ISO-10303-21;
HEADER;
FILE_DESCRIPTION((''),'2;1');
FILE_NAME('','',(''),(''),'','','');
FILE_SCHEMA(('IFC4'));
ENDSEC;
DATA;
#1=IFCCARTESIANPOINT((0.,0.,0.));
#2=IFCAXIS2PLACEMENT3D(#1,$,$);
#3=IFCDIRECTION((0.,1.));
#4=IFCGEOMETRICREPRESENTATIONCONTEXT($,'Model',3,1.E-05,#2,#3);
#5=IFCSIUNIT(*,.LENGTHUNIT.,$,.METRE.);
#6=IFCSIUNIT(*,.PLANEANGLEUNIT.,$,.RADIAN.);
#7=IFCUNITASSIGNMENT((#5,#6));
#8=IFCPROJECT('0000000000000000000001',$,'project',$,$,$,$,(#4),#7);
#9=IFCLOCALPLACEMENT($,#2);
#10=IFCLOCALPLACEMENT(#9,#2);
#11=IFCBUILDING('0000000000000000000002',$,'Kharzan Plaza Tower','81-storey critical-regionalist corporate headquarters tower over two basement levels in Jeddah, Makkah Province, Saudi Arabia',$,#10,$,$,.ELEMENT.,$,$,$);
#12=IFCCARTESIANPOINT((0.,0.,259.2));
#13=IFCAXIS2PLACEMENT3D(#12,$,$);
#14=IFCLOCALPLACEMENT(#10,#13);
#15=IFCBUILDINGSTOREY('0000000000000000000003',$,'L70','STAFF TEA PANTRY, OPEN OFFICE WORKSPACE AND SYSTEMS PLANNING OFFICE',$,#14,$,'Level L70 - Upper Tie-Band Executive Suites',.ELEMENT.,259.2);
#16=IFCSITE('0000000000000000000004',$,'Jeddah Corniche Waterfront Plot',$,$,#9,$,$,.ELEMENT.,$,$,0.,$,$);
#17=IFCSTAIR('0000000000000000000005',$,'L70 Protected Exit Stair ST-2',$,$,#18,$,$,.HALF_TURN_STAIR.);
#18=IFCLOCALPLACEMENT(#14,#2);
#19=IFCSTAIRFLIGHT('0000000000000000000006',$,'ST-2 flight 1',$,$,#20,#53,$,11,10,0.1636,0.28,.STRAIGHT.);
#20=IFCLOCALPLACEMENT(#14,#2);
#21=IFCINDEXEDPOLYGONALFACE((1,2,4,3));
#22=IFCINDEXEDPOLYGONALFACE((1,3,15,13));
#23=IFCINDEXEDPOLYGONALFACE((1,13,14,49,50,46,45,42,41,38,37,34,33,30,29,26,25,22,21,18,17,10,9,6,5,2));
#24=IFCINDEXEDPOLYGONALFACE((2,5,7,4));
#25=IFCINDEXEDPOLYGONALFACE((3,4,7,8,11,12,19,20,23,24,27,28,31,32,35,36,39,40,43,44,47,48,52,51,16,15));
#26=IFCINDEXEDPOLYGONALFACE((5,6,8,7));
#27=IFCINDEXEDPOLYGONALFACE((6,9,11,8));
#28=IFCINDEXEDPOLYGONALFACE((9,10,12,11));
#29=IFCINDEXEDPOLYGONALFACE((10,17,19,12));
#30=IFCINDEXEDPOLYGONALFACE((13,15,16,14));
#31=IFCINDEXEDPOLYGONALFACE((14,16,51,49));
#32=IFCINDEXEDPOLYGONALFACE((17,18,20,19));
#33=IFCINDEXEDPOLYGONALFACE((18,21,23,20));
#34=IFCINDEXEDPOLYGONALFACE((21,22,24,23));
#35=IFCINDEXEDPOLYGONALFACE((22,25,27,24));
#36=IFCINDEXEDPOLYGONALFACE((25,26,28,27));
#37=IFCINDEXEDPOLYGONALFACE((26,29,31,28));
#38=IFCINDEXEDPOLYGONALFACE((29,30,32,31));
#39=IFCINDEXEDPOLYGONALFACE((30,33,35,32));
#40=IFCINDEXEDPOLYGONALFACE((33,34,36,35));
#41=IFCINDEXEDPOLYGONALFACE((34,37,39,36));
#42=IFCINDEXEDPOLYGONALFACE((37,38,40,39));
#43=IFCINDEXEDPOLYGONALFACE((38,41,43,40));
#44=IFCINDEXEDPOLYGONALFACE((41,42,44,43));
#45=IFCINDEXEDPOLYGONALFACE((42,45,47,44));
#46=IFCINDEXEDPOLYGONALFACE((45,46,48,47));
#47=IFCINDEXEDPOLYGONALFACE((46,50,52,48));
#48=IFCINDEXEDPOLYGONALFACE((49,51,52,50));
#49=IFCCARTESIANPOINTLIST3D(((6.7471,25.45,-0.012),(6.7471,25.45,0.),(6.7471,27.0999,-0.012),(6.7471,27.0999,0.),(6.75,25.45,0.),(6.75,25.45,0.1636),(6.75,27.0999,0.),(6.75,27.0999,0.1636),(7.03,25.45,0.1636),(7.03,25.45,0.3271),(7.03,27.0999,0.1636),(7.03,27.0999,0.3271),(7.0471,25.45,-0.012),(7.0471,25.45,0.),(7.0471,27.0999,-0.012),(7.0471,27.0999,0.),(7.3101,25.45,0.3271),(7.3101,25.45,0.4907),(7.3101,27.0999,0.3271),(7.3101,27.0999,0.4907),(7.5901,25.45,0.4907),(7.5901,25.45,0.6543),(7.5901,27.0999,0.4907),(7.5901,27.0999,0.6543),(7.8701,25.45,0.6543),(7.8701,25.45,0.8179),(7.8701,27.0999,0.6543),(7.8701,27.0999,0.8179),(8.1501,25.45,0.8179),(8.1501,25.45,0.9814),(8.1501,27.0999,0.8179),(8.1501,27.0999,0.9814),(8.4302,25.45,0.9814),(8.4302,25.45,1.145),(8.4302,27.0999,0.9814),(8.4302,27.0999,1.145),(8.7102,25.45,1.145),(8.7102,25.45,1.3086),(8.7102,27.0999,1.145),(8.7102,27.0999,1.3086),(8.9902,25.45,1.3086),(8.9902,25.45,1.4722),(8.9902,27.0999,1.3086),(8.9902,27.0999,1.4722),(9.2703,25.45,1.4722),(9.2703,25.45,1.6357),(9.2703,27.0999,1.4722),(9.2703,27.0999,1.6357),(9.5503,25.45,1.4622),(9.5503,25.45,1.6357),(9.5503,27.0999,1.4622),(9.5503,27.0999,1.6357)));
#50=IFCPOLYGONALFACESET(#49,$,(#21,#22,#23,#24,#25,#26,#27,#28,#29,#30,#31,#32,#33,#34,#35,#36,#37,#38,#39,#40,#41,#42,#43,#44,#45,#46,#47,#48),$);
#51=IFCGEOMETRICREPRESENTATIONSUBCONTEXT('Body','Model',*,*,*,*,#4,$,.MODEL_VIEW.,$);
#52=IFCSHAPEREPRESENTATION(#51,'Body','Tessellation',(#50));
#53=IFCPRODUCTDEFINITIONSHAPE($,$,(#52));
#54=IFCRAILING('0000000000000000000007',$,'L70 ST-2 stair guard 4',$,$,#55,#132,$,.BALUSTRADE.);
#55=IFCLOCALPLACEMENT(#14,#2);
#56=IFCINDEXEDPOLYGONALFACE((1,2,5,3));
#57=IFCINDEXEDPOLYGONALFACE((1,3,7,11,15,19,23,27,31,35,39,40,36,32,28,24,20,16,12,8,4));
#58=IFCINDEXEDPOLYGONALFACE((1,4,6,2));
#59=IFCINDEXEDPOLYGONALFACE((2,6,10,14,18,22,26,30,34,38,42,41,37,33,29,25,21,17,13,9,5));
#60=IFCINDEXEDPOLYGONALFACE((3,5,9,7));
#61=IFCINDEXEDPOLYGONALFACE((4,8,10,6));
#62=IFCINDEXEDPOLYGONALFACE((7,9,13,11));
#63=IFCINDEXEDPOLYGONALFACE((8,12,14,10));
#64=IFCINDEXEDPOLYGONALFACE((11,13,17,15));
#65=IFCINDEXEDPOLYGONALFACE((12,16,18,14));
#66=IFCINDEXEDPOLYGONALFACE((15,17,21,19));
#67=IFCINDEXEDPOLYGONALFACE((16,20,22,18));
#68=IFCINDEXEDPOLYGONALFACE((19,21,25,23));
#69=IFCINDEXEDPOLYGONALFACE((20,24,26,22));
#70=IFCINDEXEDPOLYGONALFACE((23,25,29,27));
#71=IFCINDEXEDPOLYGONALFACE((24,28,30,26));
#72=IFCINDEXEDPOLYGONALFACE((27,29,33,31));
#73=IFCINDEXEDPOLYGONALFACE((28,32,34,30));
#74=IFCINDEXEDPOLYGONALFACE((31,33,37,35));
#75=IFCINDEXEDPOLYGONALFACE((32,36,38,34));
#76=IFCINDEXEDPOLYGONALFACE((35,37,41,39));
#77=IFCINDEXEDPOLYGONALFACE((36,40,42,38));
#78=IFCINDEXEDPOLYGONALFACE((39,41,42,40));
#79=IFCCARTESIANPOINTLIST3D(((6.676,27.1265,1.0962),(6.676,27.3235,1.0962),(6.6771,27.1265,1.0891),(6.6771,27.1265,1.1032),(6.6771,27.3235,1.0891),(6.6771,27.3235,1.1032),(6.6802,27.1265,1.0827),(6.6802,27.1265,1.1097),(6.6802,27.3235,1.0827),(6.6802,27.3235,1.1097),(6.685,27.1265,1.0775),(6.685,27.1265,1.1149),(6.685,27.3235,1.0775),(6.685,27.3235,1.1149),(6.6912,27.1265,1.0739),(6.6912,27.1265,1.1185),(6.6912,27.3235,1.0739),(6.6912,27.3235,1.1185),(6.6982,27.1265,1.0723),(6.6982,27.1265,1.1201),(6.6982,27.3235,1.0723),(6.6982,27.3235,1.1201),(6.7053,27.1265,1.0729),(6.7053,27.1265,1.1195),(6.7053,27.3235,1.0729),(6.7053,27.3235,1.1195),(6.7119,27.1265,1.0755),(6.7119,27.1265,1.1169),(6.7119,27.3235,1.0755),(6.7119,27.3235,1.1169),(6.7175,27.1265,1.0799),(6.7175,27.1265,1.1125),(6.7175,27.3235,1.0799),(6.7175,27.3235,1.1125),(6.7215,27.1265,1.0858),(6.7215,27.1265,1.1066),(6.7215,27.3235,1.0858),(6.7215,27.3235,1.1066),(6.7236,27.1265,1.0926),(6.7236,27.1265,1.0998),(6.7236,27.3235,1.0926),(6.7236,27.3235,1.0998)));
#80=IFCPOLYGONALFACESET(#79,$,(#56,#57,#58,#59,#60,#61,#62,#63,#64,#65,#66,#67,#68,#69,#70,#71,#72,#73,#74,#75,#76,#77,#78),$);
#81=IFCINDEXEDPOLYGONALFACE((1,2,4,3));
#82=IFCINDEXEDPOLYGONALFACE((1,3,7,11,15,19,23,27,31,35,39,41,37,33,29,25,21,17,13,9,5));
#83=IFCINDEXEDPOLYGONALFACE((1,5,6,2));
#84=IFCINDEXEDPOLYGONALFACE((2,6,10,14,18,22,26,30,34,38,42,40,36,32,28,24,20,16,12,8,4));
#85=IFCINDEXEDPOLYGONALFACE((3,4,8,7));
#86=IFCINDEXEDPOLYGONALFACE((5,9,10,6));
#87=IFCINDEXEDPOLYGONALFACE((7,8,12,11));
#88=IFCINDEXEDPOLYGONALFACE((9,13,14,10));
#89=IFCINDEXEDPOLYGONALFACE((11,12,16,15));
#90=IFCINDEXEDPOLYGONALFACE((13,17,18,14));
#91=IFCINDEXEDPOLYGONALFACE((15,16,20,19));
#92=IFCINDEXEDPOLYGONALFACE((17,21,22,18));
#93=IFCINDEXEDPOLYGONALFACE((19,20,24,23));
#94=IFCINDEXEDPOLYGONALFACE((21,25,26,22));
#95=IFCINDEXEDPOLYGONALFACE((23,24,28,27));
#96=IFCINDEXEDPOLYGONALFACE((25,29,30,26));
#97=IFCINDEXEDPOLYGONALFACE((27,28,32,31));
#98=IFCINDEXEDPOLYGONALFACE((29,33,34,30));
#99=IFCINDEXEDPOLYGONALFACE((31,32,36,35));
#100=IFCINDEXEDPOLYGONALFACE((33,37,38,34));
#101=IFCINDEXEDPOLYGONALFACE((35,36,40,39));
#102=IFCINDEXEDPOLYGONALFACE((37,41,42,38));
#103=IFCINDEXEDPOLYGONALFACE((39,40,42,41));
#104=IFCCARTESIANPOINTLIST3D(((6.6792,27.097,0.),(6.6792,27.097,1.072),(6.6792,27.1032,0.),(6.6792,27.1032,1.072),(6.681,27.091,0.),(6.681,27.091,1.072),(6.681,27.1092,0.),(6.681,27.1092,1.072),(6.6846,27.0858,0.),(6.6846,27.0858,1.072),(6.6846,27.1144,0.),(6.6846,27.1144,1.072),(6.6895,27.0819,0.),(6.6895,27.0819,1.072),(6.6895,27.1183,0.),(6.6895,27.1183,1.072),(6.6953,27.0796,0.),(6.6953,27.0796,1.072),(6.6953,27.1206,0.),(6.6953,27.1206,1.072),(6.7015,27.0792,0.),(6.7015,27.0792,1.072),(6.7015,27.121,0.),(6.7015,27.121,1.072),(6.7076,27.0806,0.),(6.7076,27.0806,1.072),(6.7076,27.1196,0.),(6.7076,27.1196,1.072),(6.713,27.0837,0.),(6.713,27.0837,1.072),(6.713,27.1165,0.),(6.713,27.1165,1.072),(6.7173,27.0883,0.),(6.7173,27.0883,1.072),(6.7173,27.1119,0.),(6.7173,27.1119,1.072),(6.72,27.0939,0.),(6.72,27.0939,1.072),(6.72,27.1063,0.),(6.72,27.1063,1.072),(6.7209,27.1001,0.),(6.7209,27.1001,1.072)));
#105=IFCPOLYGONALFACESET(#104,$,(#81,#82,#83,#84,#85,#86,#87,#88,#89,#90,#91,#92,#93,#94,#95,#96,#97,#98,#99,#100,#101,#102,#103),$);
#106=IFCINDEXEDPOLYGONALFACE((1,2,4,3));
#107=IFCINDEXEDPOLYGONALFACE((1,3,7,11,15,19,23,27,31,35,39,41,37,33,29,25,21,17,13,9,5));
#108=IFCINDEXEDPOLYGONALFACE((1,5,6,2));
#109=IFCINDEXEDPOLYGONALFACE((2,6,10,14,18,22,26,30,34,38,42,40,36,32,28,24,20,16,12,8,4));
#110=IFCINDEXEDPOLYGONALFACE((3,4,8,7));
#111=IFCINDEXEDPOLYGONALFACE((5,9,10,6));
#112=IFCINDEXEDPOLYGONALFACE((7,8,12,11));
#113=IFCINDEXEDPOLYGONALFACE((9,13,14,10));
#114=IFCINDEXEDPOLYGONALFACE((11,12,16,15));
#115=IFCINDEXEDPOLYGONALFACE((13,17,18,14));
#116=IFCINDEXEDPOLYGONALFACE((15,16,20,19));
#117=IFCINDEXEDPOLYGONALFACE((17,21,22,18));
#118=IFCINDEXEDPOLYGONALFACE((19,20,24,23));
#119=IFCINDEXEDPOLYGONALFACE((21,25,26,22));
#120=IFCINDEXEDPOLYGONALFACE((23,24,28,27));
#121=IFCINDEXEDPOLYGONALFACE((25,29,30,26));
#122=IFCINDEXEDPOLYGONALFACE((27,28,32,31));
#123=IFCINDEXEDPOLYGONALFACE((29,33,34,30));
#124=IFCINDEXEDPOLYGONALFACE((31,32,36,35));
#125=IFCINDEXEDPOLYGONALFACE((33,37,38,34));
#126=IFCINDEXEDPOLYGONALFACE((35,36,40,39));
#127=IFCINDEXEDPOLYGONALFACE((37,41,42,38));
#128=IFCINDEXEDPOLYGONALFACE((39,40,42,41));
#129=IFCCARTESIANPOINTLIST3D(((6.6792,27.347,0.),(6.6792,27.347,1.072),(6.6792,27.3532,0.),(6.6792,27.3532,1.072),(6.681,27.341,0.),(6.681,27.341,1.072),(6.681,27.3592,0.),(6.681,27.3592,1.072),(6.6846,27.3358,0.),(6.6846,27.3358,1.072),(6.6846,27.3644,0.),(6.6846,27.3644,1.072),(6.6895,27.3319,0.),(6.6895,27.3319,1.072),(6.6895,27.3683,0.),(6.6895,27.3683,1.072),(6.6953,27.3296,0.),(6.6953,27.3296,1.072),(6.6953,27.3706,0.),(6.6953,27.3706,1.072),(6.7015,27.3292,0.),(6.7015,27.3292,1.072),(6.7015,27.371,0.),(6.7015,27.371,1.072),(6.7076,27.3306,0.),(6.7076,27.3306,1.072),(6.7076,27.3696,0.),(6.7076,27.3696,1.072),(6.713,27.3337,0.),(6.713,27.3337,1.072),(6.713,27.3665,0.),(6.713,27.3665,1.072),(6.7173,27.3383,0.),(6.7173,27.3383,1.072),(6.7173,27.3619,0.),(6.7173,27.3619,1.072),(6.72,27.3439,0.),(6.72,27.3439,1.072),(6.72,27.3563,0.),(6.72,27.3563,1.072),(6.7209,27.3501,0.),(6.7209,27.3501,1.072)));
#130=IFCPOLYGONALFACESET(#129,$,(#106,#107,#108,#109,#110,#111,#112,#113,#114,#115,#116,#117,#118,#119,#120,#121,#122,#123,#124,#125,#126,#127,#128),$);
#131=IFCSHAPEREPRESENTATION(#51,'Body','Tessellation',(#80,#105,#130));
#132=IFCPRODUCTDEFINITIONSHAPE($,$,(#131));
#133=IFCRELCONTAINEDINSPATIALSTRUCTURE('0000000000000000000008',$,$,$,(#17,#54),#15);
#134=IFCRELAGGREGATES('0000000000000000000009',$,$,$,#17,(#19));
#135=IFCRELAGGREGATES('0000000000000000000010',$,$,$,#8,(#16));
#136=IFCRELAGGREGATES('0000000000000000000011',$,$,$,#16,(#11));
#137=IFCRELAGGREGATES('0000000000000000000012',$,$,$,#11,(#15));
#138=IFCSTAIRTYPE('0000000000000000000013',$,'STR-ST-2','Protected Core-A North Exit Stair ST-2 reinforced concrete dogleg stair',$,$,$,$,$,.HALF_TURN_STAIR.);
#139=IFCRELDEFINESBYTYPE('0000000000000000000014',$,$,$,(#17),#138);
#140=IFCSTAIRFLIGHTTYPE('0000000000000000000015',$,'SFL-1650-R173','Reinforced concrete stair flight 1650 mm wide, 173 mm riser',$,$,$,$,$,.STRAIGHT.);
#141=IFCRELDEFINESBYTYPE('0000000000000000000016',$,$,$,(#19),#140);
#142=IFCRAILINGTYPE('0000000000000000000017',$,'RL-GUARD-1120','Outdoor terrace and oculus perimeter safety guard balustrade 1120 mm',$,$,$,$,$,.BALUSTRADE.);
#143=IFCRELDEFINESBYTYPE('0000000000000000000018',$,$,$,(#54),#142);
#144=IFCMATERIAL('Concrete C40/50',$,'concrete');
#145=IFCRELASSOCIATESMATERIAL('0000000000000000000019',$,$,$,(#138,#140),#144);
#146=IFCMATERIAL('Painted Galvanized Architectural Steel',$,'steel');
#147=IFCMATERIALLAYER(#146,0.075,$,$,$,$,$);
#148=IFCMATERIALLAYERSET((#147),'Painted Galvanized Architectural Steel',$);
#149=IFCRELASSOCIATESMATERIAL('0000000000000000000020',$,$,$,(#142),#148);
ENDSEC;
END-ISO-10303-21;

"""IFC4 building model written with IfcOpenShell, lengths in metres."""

from ifc_helpers import new_model, si_unit, direction, frame, origin, origin_2d, place, context, subcontext, project, spatial, polyline, circle, outline, extrude, source, transform, mapped, material, layer, layer_set, type_object, element, aggregate, save


model = new_model("IFC4")

# Units and contexts
model_context = context("Model", 3, precision=1e-05, world=origin(), true_north=direction((0.0, 1.0)))
body_context = subcontext(model_context, "Body", "Model", "MODEL_VIEW")
ifc_project = project(units=[si_unit("LENGTHUNIT", "METRE"), si_unit("PLANEANGLEUNIT", "RADIAN")], contexts=[model_context])

# Site, building, storey
site_placement = place(None, origin())
site = spatial("IfcSite", under=ifc_project, at=site_placement, Name="Jeddah Corniche Waterfront Plot", CompositionType="ELEMENT", RefElevation=0.0)
building_placement = place(site_placement, origin())
building = spatial("IfcBuilding", under=site, at=building_placement, Name="Kharzan Plaza Tower", Description="81-storey critical-regionalist corporate headquarters tower over two basement levels in Jeddah, Makkah Province, Saudi Arabia", CompositionType="ELEMENT")
storey_placement = place(building_placement, frame((0.0, 0.0, 259.2)))
storey = spatial("IfcBuildingStorey", under=building, at=storey_placement, Name="L70", Description="STAFF TEA PANTRY, OPEN OFFICE WORKSPACE AND SYSTEMS PLANNING OFFICE", LongName="Level L70 - Upper Tie-Band Executive Suites", CompositionType="ELEMENT", Elevation=259.2)

# Shared definitions
ifc_material_1 = material(Name="Concrete C40/50", Category="concrete")

# Stair, stair flight
stair_type = type_object("IfcStairType", Name="STR-ST-2", Description="Protected Core-A North Exit Stair ST-2 reinforced concrete dogleg stair", PredefinedType="HALF_TURN_STAIR", material=ifc_material_1)
stair_placement = place(storey_placement, origin())
stair = element("IfcStair", 1, at=stair_placement, inside=storey, type_object=stair_type, Name="L70 Protected Exit Stair ST-2", PredefinedType="HALF_TURN_STAIR")
stair_flight_type = type_object("IfcStairFlightType", Name="SFL-1650-R173", Description="Reinforced concrete stair flight 1650 mm wide, 173 mm riser", PredefinedType="STRAIGHT", material=ifc_material_1)
shared_shape_1 = source(origin(), body_context, "Body", "SweptSolid", [
    extrude(outline(polyline([(-0.0029, -0.012), (-0.0029, 0.0), (0.0, 0.0), (0.0, 0.1636), (0.28, 0.1636), (0.28, 0.3271), (0.5601, 0.3271), (0.5601, 0.4907), (0.8401, 0.4907), (0.8401, 0.6543), (1.1201, 0.6543), (1.1201, 0.8179), (1.4001, 0.8179), (1.4001, 0.9814), (1.6802, 0.9814), (1.6802, 1.145), (1.9602, 1.145), (1.9602, 1.3086), (2.2402, 1.3086), (2.2402, 1.4722), (2.5203, 1.4722), (2.5203, 1.6357), (2.8003, 1.6357), (2.8003, 1.7993), (2.8003, 1.4622), (0.2971, 0.0), (0.2971, -0.012), (-0.0029, -0.012)])), frame((0.0, 0.825, 0.0), z_axis=(0.0, -1.0, 0.0), x_axis=(1.0, 0.0, 0.0)), (0.0, 0.0, 1.0), 1.6499),
])
stair_flight_placement = place(storey_placement, frame((6.75, 26.2749, 0.0), z_axis=(0.0, 0.0, 1.0), x_axis=(1.0, 0.0, 0.0)))
stair_flight = element("IfcStairFlight", 2, at=stair_flight_placement, type_object=stair_flight_type, Name="ST-2 flight 1", NumberOfRisers=11, NumberOfTreads=10, PredefinedType="STRAIGHT", RiserHeight=0.1636, TreadLength=0.28, context=body_context, shape_type="MappedRepresentation", body=[
    mapped(shared_shape_1, transform((0.0, 0.0, 0.0), x_axis=(1.0, 0.0, 0.0), y_axis=(0.0, 1.0, 0.0), z_axis=(0.0, 0.0, 1.0))),
])
aggregate(stair, [stair_flight])

# Railing
ifc_material_2 = material(Name="Painted Galvanized Architectural Steel", Category="steel")
ifc_layer_1 = layer(ifc_material_2, 0.075)
ifc_layer_set_1 = layer_set([ifc_layer_1], Name="Painted Galvanized Architectural Steel")
railing_type_1 = type_object("IfcRailingType", Name="RL-GUARD-1120", Description="Outdoor terrace and oculus perimeter safety guard balustrade 1120 mm", PredefinedType="BALUSTRADE", material=ifc_layer_set_1)
shared_shape_2 = source(origin(), body_context, "Body", "SweptSolid", [
    extrude(circle(Radius=0.0239, at=origin_2d()), frame((0.0, 0.0264, 1.0962), z_axis=(0.0, 1.0, 0.0), x_axis=(-1.0, 0.0, 0.0)), (0.0, 0.0, 1.0), 0.197),
    extrude(circle(Radius=0.021, at=origin_2d()), origin(), (0.0, 0.0, 1.0), 1.072),
    extrude(circle(Radius=0.021, at=origin_2d()), frame((0.0, 0.25, 0.0)), (0.0, 0.0, 1.0), 1.072),
])
railing_1_placement = place(storey_placement, frame((6.7, 27.1001, 0.0)))
element("IfcRailing", 3, at=railing_1_placement, inside=storey, type_object=railing_type_1, Name="L70 ST-2 stair guard 4", PredefinedType="BALUSTRADE", context=body_context, shape_type="MappedRepresentation", body=[
    mapped(shared_shape_2, transform((0.0, 0.0, 0.0), x_axis=(1.0, 0.0, 0.0), y_axis=(0.0, 1.0, 0.0), z_axis=(0.0, 0.0, 1.0))),
])

save(model, "model.ifc")
